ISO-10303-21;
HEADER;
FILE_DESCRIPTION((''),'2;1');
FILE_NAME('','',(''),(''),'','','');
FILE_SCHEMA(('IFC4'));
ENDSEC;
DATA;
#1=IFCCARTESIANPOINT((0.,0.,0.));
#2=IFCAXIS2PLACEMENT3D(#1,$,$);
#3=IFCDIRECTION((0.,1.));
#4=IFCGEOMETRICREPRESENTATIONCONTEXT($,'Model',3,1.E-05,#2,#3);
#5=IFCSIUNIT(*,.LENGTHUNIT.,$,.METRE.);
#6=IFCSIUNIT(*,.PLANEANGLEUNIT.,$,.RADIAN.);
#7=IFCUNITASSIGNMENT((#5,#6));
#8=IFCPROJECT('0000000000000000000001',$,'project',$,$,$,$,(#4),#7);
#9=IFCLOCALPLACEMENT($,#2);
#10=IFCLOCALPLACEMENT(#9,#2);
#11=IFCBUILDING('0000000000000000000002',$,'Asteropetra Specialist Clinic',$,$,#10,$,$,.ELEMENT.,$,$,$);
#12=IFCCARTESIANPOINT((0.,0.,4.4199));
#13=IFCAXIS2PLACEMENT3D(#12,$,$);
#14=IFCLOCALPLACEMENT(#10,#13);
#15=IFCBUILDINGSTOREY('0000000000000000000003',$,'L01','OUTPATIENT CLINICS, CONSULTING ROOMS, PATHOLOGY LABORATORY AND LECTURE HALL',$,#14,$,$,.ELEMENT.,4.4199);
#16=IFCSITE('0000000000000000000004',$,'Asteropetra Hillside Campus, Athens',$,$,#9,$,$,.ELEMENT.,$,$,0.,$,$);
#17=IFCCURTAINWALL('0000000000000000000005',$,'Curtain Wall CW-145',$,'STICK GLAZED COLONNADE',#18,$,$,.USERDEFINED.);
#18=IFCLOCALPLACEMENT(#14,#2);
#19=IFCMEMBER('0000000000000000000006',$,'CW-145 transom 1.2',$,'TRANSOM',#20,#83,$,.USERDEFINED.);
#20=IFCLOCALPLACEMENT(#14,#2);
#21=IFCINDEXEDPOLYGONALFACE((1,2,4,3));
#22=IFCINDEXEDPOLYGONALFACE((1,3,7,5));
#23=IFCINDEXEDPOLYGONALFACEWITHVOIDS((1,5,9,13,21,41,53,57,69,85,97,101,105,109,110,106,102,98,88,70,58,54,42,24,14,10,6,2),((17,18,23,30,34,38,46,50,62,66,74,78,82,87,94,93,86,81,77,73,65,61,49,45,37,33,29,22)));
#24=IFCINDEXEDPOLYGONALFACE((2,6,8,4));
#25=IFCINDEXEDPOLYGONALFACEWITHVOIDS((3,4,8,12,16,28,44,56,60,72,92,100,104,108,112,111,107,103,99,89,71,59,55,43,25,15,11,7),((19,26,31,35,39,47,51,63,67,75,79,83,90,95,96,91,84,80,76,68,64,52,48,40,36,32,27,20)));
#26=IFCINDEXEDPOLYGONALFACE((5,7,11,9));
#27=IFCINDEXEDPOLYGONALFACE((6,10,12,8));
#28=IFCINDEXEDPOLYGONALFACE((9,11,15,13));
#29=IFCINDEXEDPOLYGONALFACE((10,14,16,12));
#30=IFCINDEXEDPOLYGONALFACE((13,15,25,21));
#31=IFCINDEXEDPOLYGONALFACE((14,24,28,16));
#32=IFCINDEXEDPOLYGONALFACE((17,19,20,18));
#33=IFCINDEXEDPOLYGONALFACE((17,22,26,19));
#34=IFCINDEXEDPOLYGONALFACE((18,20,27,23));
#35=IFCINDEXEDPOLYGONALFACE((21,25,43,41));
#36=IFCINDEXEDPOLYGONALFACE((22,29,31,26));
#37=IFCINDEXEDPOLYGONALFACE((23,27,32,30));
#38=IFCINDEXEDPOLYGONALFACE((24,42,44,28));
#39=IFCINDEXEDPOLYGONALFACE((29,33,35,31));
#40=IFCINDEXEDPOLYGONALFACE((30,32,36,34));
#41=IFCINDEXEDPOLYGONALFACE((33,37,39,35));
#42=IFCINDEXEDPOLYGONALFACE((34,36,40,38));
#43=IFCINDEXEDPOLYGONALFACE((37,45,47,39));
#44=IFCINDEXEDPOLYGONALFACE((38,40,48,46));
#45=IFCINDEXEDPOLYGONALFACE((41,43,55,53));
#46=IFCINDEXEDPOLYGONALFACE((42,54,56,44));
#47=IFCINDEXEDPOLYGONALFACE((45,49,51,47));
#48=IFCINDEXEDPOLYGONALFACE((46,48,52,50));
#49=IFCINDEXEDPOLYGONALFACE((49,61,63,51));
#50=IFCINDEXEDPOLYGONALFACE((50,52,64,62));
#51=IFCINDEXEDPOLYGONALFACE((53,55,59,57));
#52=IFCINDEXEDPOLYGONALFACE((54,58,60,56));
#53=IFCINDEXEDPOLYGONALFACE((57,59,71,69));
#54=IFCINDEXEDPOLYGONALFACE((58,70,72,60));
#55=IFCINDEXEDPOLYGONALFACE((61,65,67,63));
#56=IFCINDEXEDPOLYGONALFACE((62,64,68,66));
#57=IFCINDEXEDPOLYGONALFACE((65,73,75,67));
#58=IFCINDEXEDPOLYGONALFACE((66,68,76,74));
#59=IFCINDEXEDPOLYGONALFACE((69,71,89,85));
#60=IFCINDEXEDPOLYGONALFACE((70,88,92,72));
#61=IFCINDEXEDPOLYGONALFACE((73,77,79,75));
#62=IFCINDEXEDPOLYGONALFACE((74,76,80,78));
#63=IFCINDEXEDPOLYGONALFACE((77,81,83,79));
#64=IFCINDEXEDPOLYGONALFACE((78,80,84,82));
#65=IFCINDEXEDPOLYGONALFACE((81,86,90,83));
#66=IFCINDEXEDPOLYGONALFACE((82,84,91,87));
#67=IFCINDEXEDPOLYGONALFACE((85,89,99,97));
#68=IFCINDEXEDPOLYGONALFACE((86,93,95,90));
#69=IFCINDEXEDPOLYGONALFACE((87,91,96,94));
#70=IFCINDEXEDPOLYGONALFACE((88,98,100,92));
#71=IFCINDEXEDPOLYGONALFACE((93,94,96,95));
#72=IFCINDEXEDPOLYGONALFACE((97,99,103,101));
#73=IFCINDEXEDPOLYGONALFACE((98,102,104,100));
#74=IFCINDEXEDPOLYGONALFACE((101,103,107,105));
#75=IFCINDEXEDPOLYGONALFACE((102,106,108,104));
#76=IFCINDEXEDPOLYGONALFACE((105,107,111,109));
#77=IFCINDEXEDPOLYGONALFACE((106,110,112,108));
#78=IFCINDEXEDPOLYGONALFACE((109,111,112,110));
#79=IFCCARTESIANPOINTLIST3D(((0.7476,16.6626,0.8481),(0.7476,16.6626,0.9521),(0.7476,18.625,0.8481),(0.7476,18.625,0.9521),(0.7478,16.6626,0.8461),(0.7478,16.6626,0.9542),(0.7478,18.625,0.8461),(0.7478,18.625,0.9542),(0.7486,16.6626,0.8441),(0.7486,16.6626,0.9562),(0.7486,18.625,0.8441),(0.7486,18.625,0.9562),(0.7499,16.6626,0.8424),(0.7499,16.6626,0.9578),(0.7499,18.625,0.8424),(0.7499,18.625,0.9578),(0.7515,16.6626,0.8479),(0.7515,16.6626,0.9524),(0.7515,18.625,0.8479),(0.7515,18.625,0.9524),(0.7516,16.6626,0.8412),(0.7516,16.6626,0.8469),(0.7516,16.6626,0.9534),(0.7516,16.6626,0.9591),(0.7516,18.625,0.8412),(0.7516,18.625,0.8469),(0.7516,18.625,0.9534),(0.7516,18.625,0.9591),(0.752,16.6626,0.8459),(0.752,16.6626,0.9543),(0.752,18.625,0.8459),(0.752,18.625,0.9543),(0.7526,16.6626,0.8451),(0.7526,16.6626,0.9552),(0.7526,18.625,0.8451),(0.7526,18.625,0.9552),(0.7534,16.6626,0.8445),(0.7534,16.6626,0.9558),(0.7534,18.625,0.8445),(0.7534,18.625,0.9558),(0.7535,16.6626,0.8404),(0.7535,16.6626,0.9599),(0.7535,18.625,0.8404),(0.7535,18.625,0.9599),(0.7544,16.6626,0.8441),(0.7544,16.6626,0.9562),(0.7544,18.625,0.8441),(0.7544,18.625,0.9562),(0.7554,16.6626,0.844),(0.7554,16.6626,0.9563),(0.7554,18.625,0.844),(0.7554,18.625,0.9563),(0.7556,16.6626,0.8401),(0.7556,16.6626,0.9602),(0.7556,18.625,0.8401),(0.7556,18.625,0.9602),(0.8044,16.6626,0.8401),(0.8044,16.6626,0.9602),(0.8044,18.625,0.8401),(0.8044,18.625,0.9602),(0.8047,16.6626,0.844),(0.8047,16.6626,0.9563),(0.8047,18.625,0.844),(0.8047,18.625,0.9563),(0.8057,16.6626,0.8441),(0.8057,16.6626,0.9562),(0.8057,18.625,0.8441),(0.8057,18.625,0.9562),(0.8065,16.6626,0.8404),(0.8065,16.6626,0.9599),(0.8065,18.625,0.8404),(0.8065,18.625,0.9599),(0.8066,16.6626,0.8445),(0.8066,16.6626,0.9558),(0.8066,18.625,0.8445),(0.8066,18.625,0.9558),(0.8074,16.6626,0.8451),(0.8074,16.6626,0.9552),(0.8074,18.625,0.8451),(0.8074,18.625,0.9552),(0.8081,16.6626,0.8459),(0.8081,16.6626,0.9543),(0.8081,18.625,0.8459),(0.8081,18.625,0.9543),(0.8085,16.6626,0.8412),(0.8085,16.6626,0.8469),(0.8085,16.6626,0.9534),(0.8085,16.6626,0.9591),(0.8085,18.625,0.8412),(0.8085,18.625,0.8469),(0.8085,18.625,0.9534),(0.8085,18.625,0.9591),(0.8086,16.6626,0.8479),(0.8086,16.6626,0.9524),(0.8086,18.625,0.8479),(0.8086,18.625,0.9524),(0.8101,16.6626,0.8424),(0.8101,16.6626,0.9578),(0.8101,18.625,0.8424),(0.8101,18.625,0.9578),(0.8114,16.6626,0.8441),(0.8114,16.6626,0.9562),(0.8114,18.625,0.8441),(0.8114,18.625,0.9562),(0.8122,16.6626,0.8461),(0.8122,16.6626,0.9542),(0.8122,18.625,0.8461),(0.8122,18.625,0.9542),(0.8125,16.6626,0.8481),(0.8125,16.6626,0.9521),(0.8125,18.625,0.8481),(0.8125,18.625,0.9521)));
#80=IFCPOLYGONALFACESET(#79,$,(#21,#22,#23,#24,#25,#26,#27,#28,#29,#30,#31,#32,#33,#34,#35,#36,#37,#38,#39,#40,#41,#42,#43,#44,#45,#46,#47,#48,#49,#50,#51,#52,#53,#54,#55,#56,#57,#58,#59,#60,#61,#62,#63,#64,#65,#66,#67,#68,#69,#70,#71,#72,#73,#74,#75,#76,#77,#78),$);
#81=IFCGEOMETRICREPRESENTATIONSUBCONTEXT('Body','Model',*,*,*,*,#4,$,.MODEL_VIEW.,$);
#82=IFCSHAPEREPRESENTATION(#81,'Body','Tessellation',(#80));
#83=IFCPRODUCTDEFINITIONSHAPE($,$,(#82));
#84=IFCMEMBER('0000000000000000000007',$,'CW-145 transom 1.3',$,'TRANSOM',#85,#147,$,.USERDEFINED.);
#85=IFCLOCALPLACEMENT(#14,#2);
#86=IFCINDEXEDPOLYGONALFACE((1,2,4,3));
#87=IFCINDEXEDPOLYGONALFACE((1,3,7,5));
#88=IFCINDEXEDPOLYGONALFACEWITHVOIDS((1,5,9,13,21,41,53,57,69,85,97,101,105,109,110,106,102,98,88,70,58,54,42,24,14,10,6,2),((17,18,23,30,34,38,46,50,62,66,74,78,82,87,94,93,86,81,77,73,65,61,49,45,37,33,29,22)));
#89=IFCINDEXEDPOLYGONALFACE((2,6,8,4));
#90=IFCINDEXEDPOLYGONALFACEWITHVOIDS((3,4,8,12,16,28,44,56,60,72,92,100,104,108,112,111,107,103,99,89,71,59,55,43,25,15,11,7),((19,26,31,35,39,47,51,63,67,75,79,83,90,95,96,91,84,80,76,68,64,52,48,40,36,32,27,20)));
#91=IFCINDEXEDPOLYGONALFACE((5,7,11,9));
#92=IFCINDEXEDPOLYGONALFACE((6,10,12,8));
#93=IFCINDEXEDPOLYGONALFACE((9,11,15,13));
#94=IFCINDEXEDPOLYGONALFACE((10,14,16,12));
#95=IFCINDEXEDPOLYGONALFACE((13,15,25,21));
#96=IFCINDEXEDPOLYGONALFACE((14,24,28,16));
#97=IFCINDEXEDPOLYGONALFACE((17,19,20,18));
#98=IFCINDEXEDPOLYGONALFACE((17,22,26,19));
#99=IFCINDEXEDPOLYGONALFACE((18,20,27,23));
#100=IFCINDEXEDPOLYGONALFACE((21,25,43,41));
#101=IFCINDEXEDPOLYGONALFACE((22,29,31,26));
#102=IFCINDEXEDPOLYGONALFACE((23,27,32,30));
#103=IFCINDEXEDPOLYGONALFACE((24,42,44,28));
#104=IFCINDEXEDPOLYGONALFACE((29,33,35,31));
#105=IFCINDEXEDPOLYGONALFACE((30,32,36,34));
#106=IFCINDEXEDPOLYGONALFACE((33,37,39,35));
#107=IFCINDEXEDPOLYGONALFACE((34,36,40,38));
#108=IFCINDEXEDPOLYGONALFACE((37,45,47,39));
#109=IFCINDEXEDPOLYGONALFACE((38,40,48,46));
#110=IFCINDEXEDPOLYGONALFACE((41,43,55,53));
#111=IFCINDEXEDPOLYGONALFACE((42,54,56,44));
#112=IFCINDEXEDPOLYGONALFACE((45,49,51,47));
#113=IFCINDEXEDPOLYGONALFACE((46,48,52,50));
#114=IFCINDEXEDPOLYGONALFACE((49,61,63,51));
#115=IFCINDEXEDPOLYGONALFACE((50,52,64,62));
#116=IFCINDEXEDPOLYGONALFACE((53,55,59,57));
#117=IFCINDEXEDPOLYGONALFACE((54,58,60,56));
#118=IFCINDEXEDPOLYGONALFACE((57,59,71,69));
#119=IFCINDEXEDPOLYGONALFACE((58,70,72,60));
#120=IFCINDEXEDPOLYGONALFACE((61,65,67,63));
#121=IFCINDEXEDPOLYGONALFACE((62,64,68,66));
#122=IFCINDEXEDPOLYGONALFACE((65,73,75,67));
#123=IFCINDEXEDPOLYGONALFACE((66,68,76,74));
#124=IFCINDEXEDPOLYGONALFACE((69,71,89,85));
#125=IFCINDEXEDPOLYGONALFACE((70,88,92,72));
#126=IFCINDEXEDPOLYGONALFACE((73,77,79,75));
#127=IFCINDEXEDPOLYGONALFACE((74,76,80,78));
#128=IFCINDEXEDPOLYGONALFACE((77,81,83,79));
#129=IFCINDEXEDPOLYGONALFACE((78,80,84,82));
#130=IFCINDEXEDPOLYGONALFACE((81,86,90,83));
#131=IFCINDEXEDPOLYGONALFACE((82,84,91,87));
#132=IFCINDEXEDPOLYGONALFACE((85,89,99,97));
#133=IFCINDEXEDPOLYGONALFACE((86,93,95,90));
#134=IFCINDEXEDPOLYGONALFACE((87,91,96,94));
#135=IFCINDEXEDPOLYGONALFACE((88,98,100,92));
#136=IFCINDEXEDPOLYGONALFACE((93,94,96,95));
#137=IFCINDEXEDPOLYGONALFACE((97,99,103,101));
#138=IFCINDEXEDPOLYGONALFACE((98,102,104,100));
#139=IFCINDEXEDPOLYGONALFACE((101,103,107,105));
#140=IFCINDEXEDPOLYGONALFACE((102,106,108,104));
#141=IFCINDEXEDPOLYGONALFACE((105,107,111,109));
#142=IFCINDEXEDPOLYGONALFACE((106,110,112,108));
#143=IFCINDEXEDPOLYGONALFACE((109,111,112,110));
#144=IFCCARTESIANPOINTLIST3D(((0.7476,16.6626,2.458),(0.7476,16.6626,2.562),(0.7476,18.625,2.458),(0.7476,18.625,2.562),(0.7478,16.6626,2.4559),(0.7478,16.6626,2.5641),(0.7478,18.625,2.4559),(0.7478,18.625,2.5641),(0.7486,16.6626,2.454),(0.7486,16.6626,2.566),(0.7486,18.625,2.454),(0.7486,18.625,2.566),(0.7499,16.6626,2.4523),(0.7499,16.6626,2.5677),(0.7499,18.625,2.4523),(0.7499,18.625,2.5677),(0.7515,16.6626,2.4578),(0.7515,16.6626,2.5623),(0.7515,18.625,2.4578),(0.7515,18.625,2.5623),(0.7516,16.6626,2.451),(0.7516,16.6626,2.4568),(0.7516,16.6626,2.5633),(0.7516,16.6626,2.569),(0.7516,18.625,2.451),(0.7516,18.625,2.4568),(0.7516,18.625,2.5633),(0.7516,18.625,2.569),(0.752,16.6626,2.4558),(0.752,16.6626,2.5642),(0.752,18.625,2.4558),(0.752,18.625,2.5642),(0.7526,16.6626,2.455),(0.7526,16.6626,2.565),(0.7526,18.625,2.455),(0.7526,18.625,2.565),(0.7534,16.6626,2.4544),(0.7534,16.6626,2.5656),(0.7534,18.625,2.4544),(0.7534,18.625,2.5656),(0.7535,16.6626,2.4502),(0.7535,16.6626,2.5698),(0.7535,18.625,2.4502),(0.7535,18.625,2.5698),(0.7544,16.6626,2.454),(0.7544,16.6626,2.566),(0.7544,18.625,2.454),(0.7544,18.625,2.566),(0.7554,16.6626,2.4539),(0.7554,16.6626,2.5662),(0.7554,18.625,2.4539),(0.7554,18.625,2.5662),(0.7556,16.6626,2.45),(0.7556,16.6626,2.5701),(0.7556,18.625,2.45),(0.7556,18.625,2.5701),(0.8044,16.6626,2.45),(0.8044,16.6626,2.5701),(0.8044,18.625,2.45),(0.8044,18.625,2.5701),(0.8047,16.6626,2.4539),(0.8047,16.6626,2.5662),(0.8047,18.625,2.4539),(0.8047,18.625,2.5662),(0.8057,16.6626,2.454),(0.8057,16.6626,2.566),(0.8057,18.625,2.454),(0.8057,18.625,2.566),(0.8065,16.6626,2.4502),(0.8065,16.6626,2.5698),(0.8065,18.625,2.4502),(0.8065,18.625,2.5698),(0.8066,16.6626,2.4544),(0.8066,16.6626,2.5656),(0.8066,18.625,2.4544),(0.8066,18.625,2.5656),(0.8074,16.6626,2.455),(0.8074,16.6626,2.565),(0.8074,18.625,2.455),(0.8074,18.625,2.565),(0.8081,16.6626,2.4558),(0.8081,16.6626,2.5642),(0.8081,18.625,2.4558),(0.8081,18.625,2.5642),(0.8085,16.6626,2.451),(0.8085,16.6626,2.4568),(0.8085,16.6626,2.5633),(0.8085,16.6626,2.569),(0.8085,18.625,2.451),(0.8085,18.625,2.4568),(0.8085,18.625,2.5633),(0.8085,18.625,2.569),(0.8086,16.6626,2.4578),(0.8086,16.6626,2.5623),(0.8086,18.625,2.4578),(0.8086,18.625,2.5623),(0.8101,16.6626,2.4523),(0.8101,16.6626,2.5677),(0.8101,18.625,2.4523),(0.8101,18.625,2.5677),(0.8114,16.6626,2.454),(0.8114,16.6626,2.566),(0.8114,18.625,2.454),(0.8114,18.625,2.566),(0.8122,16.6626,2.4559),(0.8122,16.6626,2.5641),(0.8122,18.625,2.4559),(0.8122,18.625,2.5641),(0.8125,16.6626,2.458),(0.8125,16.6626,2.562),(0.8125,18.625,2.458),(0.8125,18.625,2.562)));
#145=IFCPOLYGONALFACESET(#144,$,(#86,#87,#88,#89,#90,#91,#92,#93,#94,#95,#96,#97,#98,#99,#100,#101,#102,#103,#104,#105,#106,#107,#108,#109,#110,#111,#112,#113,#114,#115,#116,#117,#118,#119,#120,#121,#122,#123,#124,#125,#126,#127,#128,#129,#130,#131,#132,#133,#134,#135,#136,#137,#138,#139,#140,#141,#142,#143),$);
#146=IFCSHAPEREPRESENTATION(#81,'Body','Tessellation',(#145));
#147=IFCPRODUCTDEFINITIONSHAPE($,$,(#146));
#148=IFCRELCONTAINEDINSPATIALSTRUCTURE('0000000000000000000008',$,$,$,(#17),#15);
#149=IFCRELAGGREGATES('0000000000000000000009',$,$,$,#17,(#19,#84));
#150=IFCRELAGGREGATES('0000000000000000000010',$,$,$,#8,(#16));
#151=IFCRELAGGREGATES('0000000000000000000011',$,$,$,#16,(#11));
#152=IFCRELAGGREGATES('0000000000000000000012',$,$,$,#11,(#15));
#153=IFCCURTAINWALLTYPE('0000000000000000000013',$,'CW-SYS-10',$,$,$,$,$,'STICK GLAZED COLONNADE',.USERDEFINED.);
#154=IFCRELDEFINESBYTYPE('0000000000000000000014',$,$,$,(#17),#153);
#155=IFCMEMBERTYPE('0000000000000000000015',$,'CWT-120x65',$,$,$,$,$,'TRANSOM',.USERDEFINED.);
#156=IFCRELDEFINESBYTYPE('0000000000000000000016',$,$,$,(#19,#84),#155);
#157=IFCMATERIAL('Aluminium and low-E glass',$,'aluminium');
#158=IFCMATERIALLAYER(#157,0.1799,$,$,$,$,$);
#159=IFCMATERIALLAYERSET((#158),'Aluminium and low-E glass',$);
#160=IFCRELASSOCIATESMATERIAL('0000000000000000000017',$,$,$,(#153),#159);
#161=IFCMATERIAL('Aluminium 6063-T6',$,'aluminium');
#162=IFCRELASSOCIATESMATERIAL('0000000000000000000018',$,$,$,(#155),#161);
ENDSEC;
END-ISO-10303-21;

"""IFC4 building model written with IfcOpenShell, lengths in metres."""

from ifc_helpers import new_model, si_unit, direction, frame, origin, origin_2d, place, context, subcontext, project, spatial, hollow_rectangle, extrude, material, layer, layer_set, material_profile, profile_set, type_object, element, aggregate, save


model = new_model("IFC4")

# Units and contexts
model_context = context("Model", 3, precision=1e-05, world=origin(), true_north=direction((0.0, 1.0)))
body_context = subcontext(model_context, "Body", "Model", "MODEL_VIEW")
ifc_project = project(units=[si_unit("LENGTHUNIT", "METRE"), si_unit("PLANEANGLEUNIT", "RADIAN")], contexts=[model_context])

# Site, building, storey
site_placement = place(None, origin())
site = spatial("IfcSite", under=ifc_project, at=site_placement, Name="Asteropetra Hillside Campus, Athens", CompositionType="ELEMENT", RefElevation=0.0)
building_placement = place(site_placement, origin())
building = spatial("IfcBuilding", under=site, at=building_placement, Name="Asteropetra Specialist Clinic", CompositionType="ELEMENT")
storey_placement = place(building_placement, frame((0.0, 0.0, 4.4199)))
storey = spatial("IfcBuildingStorey", under=building, at=storey_placement, Name="L01", Description="OUTPATIENT CLINICS, CONSULTING ROOMS, PATHOLOGY LABORATORY AND LECTURE HALL", CompositionType="ELEMENT", Elevation=4.4199)

# Curtain wall, members
ifc_material_1 = material(Name="Aluminium and low-E glass", Category="aluminium")
ifc_layer_1 = layer(ifc_material_1, 0.1799)
ifc_layer_set_1 = layer_set([ifc_layer_1], Name="Aluminium and low-E glass")
curtain_wall_type = type_object("IfcCurtainWallType", Name="CW-SYS-10", ElementType="STICK GLAZED COLONNADE", PredefinedType="USERDEFINED", material=ifc_layer_set_1)
curtain_wall_placement = place(storey_placement, origin())
curtain_wall = element("IfcCurtainWall", 1, at=curtain_wall_placement, inside=storey, type_object=curtain_wall_type, Name="Curtain Wall CW-145", ObjectType="STICK GLAZED COLONNADE", PredefinedType="USERDEFINED")
ifc_material_2 = material(Name="Aluminium 6063-T6", Category="aluminium")
ifc_material_profile_1 = material_profile(ifc_material_2, hollow_rectangle(XDim=0.0649, YDim=0.1201, WallThickness=0.0039, InnerFilletRadius=0.0039, OuterFilletRadius=0.0081, at=origin_2d()), Name="TRN 120x65x4.0")
ifc_profile_set_1 = profile_set([ifc_material_profile_1], Name="Aluminium 6063-T6")
member_type_1 = type_object("IfcMemberType", Name="CWT-120x65", ElementType="TRANSOM", PredefinedType="USERDEFINED", material=ifc_profile_set_1)
member_1_placement = place(storey_placement, frame((0.78, 18.625, 0.9001), z_axis=(0.0, -1.0, 0.0), x_axis=(1.0, 0.0, 0.0)))
member_1 = element("IfcMember", 2, at=member_1_placement, type_object=member_type_1, Name="CW-145 transom 1.2", ObjectType="TRANSOM", PredefinedType="USERDEFINED", context=body_context, shape_type="SweptSolid", body=[
    extrude(hollow_rectangle(XDim=0.0649, YDim=0.1201, WallThickness=0.0039, InnerFilletRadius=0.0039, OuterFilletRadius=0.0081, at=origin_2d()), origin(), (0.0, 0.0, 1.0), 1.9624),
])
member_2_placement = place(storey_placement, frame((0.78, 18.625, 2.51), z_axis=(0.0, -1.0, 0.0), x_axis=(1.0, 0.0, 0.0)))
member_2 = element("IfcMember", 3, at=member_2_placement, type_object=member_type_1, Name="CW-145 transom 1.3", ObjectType="TRANSOM", PredefinedType="USERDEFINED", context=body_context, shape_type="SweptSolid", body=[
    extrude(hollow_rectangle(XDim=0.0649, YDim=0.1201, WallThickness=0.0039, InnerFilletRadius=0.0039, OuterFilletRadius=0.0081, at=origin_2d()), origin(), (0.0, 0.0, 1.0), 1.9624),
])
aggregate(curtain_wall, [member_1, member_2])

save(model, "model.ifc")
